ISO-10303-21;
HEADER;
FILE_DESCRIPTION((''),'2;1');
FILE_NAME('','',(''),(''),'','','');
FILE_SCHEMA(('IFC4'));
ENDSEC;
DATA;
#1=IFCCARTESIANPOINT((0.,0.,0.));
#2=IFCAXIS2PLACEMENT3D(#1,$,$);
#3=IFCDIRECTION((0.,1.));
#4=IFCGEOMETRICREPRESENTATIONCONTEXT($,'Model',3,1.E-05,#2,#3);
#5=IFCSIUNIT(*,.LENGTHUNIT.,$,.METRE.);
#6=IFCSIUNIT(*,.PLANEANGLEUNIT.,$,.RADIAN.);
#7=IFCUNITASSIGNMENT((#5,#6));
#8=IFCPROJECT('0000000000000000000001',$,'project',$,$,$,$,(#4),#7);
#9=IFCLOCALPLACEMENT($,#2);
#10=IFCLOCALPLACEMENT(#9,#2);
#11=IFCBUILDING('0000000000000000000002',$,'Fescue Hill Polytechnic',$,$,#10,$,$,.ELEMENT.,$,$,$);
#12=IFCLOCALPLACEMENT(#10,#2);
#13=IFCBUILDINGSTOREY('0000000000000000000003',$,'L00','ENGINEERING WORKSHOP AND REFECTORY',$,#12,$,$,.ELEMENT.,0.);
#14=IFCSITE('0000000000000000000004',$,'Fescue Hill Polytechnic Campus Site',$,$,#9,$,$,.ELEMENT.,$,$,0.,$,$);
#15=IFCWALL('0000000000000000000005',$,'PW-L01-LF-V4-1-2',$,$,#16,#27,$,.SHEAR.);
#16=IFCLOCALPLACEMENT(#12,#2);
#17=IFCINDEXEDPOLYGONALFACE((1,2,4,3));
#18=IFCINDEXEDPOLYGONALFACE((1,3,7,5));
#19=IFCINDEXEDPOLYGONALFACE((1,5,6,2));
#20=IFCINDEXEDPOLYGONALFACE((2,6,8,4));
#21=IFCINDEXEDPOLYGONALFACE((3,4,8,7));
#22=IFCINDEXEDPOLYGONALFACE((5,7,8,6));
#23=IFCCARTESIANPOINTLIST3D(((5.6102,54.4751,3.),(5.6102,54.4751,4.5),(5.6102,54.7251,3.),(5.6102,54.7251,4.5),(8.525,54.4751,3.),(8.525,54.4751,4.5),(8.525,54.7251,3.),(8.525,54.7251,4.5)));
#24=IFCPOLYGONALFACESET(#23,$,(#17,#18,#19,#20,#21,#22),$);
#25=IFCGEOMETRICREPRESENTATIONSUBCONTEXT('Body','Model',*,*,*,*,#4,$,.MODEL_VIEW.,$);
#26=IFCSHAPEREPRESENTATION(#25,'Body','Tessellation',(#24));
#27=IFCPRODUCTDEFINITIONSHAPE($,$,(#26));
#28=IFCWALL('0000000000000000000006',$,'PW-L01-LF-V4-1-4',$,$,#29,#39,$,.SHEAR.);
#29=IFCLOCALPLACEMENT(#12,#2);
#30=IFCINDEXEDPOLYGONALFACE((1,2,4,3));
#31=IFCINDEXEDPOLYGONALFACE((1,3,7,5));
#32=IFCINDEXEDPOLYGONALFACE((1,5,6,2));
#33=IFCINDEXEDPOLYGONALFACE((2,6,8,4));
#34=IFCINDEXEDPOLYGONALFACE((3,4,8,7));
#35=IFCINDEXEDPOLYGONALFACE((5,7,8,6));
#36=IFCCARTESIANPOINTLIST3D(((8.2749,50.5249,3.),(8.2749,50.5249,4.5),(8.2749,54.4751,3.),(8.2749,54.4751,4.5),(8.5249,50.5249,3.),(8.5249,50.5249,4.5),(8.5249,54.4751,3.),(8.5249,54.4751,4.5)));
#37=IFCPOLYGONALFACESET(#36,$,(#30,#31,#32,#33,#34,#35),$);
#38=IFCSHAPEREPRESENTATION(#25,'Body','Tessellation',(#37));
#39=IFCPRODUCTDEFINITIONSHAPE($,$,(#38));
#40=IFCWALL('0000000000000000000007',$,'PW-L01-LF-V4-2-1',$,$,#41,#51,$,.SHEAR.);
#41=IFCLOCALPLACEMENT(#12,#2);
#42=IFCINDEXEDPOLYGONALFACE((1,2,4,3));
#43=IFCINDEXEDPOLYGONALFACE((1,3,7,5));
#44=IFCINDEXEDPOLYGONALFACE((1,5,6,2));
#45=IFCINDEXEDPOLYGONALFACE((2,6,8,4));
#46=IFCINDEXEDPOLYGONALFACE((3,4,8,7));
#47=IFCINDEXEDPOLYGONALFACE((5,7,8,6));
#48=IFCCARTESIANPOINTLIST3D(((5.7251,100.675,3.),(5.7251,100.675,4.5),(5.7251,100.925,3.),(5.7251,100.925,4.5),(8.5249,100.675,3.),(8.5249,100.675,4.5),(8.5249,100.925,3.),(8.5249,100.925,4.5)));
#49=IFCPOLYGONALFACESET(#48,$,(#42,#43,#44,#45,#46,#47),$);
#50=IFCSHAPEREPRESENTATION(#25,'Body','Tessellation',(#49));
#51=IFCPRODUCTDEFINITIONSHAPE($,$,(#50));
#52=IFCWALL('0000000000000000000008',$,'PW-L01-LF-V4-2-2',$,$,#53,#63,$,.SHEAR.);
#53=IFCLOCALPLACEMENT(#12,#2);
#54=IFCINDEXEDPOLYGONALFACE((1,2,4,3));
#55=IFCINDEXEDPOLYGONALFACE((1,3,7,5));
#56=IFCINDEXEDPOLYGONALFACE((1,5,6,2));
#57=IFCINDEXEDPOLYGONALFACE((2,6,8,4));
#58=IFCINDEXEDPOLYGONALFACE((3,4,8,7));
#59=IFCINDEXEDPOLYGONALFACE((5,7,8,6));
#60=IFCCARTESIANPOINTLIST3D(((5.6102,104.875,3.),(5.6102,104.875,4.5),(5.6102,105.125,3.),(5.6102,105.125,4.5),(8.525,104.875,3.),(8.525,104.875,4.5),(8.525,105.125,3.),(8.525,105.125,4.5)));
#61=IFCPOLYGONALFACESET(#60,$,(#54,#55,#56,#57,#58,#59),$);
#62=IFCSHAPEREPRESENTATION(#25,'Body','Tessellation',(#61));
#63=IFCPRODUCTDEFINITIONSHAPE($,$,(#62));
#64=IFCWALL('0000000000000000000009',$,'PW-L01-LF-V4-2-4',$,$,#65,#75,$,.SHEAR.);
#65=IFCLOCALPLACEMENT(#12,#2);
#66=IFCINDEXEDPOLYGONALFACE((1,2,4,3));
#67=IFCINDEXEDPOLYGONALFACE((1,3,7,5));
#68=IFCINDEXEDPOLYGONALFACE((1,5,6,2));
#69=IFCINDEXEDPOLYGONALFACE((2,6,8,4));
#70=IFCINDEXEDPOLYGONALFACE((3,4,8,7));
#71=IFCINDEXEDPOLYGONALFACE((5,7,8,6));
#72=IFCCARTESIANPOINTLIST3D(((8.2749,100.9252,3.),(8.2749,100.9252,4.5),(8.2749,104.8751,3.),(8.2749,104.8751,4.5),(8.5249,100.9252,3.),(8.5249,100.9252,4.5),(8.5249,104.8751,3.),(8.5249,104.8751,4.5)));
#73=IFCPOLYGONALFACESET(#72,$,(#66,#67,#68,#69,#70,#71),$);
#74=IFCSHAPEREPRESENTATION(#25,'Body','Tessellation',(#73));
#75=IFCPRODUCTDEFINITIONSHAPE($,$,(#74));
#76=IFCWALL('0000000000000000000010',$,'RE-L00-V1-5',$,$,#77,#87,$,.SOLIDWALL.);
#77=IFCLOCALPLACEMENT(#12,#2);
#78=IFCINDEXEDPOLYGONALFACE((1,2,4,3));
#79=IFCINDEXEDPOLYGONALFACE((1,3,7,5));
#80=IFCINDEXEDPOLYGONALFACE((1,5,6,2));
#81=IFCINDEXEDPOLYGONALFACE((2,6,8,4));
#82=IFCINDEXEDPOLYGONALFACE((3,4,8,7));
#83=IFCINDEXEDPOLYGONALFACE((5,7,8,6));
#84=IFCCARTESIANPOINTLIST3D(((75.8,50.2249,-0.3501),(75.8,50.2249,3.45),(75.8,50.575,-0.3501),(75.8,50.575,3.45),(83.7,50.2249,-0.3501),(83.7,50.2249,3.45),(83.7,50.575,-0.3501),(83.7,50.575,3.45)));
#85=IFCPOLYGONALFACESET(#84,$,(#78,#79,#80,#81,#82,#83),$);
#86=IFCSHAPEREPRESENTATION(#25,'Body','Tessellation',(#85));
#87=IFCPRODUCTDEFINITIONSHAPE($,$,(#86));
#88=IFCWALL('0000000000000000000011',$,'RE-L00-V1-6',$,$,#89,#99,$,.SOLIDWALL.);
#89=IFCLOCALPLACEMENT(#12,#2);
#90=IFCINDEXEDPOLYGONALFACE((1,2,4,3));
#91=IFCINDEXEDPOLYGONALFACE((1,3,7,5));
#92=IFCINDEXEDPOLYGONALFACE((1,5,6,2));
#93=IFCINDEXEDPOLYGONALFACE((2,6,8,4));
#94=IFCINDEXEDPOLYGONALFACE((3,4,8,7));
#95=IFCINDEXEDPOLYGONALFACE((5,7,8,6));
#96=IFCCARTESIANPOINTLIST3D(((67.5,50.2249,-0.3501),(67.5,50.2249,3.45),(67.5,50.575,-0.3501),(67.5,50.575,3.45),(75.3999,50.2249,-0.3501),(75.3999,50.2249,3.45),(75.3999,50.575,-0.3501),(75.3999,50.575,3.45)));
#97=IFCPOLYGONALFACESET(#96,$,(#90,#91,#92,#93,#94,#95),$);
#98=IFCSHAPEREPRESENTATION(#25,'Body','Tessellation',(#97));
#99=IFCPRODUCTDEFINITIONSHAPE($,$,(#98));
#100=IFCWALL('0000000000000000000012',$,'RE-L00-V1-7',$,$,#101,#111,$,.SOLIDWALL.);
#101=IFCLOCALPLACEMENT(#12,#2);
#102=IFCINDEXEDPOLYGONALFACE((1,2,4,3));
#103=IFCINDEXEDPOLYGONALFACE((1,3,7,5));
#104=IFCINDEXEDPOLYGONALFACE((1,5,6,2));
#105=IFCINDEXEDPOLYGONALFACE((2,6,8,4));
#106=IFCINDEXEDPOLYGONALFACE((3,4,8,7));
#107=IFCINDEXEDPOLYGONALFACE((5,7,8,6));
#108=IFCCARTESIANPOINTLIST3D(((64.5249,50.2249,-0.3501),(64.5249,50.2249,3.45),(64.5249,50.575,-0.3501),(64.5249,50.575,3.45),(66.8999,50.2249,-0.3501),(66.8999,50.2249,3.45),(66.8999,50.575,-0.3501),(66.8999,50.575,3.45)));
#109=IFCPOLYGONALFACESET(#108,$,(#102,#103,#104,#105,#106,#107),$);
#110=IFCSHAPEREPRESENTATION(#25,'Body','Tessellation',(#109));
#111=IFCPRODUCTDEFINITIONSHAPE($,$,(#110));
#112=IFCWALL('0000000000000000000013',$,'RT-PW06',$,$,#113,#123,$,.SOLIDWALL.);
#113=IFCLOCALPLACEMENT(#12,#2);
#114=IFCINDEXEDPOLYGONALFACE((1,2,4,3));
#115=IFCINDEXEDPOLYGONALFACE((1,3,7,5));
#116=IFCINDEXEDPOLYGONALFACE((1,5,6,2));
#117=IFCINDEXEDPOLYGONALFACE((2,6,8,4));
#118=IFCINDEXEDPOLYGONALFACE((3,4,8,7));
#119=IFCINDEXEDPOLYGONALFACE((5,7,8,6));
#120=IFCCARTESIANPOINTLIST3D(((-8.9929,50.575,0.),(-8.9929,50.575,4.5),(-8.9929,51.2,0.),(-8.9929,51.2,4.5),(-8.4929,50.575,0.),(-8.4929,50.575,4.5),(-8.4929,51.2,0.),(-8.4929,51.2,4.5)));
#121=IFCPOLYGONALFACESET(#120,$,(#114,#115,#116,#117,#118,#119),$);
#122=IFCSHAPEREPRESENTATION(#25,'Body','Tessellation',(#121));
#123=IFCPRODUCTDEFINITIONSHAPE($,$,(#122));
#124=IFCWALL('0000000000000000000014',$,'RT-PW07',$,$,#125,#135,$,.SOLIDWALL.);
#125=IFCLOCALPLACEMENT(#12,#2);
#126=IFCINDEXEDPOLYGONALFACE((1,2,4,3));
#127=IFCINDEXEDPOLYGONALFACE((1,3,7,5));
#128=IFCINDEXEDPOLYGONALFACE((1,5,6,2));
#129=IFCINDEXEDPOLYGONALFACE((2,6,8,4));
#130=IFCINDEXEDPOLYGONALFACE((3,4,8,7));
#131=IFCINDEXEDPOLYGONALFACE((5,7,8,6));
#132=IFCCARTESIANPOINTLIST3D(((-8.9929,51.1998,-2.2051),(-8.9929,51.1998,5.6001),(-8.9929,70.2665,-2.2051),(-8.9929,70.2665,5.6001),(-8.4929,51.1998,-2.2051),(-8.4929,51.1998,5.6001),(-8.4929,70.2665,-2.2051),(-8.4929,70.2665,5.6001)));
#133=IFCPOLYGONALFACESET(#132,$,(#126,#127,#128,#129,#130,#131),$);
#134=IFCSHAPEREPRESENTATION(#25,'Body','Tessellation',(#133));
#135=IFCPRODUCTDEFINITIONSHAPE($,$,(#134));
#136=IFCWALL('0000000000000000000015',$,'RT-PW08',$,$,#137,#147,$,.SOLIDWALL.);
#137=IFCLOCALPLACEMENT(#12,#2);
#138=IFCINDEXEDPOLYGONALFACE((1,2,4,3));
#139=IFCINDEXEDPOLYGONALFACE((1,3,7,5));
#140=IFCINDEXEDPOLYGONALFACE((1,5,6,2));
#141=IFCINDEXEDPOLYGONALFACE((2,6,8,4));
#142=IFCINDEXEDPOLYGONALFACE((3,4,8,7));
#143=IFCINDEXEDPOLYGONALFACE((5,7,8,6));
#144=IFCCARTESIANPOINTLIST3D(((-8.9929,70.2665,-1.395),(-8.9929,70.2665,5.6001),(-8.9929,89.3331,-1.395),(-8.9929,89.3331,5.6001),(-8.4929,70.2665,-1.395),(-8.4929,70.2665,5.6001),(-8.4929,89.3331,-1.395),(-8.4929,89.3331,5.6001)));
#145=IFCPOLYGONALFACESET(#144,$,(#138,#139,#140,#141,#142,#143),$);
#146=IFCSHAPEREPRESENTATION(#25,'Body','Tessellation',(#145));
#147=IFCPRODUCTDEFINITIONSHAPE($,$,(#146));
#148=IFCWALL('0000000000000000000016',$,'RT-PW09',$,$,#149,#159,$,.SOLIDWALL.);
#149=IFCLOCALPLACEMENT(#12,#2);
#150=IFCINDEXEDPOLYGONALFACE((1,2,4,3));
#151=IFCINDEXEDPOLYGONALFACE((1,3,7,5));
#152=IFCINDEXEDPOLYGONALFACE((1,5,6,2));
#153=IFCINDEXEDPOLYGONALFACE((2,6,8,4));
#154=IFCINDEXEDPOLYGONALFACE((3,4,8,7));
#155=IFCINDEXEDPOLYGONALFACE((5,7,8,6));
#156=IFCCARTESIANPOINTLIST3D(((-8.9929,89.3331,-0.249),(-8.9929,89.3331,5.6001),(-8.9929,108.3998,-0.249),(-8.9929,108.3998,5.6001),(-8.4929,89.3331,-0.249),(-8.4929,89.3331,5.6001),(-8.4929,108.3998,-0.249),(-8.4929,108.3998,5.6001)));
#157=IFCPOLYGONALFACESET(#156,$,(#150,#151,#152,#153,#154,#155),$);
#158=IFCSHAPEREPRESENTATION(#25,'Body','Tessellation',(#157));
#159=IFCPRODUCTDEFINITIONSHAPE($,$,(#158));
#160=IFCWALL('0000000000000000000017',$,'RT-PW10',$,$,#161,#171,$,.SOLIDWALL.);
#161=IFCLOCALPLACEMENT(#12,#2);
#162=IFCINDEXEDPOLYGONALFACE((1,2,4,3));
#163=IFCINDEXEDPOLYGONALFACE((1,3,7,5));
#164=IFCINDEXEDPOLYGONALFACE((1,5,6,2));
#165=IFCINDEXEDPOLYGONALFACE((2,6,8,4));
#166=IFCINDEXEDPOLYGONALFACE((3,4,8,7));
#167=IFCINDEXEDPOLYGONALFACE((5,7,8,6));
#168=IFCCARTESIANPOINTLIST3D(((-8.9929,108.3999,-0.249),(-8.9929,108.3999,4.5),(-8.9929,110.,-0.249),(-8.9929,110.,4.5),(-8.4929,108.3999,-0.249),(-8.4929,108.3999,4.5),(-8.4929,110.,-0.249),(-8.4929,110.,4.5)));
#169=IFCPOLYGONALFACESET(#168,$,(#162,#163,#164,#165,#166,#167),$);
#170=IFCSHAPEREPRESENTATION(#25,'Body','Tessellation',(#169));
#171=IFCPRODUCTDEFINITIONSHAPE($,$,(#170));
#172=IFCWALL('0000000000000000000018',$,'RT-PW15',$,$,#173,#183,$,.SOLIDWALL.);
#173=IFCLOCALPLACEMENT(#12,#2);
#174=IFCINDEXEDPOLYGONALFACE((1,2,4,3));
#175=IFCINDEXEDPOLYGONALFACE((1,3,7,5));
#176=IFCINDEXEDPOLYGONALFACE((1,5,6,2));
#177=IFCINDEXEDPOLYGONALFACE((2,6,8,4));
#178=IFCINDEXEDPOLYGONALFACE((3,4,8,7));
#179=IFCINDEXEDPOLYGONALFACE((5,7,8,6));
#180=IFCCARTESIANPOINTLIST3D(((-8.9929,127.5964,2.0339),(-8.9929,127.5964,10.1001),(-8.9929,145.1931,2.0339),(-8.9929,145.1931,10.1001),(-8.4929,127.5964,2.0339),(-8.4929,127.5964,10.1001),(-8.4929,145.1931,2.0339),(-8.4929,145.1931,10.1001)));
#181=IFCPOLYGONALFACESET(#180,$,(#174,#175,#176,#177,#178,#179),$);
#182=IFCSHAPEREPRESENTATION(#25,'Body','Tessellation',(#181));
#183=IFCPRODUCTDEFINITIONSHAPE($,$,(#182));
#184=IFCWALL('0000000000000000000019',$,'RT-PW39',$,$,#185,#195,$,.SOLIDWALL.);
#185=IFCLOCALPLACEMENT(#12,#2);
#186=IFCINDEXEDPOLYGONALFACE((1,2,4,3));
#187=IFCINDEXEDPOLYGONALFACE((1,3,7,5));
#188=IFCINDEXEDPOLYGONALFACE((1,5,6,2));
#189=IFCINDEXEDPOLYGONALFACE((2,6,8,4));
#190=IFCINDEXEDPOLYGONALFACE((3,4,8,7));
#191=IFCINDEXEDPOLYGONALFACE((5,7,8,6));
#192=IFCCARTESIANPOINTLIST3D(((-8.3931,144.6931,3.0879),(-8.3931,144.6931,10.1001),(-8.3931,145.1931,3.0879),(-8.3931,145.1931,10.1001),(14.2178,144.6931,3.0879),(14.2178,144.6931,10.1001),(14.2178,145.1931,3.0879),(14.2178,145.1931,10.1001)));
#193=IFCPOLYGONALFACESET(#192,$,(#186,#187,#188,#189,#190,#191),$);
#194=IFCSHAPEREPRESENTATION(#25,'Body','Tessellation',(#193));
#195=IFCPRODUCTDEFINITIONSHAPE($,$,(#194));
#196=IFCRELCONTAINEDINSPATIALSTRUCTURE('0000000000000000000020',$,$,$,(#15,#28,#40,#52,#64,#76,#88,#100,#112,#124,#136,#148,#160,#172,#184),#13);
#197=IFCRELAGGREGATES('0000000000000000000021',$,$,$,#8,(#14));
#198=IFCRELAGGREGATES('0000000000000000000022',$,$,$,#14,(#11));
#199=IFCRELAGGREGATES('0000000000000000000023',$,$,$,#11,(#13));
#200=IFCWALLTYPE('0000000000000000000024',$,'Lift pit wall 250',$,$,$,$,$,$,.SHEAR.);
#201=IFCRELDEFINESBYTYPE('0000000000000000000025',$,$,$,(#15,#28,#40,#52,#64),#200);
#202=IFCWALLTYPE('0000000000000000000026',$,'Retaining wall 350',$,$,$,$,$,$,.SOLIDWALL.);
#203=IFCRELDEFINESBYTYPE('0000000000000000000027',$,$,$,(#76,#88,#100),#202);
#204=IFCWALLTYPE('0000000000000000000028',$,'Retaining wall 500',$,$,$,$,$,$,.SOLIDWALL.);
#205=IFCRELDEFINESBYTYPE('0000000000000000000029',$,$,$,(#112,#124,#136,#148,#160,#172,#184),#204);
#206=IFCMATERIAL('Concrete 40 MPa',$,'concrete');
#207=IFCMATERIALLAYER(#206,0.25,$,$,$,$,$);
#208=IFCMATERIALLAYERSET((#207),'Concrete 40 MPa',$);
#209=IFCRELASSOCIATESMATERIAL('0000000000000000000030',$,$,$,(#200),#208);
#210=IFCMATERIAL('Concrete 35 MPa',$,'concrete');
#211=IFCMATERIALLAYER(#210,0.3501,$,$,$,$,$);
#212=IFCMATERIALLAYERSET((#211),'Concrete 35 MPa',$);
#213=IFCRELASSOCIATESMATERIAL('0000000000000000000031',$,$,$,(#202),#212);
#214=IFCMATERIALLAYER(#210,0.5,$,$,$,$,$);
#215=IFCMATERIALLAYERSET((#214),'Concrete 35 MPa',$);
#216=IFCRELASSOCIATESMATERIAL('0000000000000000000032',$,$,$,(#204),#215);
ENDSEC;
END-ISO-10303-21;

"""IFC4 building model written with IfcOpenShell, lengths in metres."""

from ifc_helpers import new_model, si_unit, direction, frame, frame_2d, origin, place, context, subcontext, project, spatial, rectangle, extrude, material, layer, layer_set, type_object, element, save


model = new_model("IFC4")

# Units and contexts
model_context = context("Model", 3, precision=1e-05, world=origin(), true_north=direction((0.0, 1.0)))
body_context = subcontext(model_context, "Body", "Model", "MODEL_VIEW")
ifc_project = project(units=[si_unit("LENGTHUNIT", "METRE"), si_unit("PLANEANGLEUNIT", "RADIAN")], contexts=[model_context])

# Site, building, storey
site_placement = place(None, origin())
site = spatial("IfcSite", under=ifc_project, at=site_placement, Name="Fescue Hill Polytechnic Campus Site", CompositionType="ELEMENT", RefElevation=0.0)
building_placement = place(site_placement, origin())
building = spatial("IfcBuilding", under=site, at=building_placement, Name="Fescue Hill Polytechnic", CompositionType="ELEMENT")
storey_placement = place(building_placement, origin())
storey = spatial("IfcBuildingStorey", under=building, at=storey_placement, Name="L00", Description="ENGINEERING WORKSHOP AND REFECTORY", CompositionType="ELEMENT", Elevation=0.0)

# Shared definitions
ifc_material_1 = material(Name="Concrete 40 MPa", Category="concrete")

# Walls
ifc_layer_1 = layer(ifc_material_1, 0.25)
ifc_layer_set_1 = layer_set([ifc_layer_1], Name="Concrete 40 MPa")
wall_type_1 = type_object("IfcWallType", Name="Lift pit wall 250", PredefinedType="SHEAR", material=ifc_layer_set_1)
wall_1_placement = place(storey_placement, frame((5.6101, 54.6001, 3.0), z_axis=(0.0, 0.0, 1.0), x_axis=(1.0, 0.0, 0.0)))
element("IfcWall", 1, at=wall_1_placement, inside=storey, type_object=wall_type_1, Name="PW-L01-LF-V4-1-2", PredefinedType="SHEAR", context=body_context, shape_type="SweptSolid", body=[
    extrude(rectangle(XDim=2.9148, YDim=0.25, at=frame_2d((1.4575, 0.0))), origin(), (0.0, 0.0, 1.0), 1.5),
])
wall_2_placement = place(storey_placement, frame((8.3999, 50.5249, 3.0), z_axis=(0.0, 0.0, 1.0), x_axis=(0.0, 1.0, 0.0)))
element("IfcWall", 2, at=wall_2_placement, inside=storey, type_object=wall_type_1, Name="PW-L01-LF-V4-1-4", PredefinedType="SHEAR", context=body_context, shape_type="SweptSolid", body=[
    extrude(rectangle(XDim=3.9502, YDim=0.25, at=frame_2d((1.9751, 0.0))), origin(), (0.0, 0.0, 1.0), 1.5),
])
wall_3_placement = place(storey_placement, frame((5.7251, 100.8, 3.0), z_axis=(0.0, 0.0, 1.0), x_axis=(1.0, 0.0, 0.0)))
element("IfcWall", 3, at=wall_3_placement, inside=storey, type_object=wall_type_1, Name="PW-L01-LF-V4-2-1", PredefinedType="SHEAR", context=body_context, shape_type="SweptSolid", body=[
    extrude(rectangle(XDim=2.7998, YDim=0.25, at=frame_2d((1.3999, 0.0))), origin(), (0.0, 0.0, 1.0), 1.5),
])
wall_4_placement = place(storey_placement, frame((5.6101, 105.0, 3.0), z_axis=(0.0, 0.0, 1.0), x_axis=(1.0, 0.0, 0.0)))
element("IfcWall", 4, at=wall_4_placement, inside=storey, type_object=wall_type_1, Name="PW-L01-LF-V4-2-2", PredefinedType="SHEAR", context=body_context, shape_type="SweptSolid", body=[
    extrude(rectangle(XDim=2.9148, YDim=0.25, at=frame_2d((1.4575, 0.0))), origin(), (0.0, 0.0, 1.0), 1.5),
])
wall_5_placement = place(storey_placement, frame((8.3999, 100.925, 3.0), z_axis=(0.0, 0.0, 1.0), x_axis=(0.0, 1.0, 0.0)))
element("IfcWall", 5, at=wall_5_placement, inside=storey, type_object=wall_type_1, Name="PW-L01-LF-V4-2-4", PredefinedType="SHEAR", context=body_context, shape_type="SweptSolid", body=[
    extrude(rectangle(XDim=3.95, YDim=0.25, at=frame_2d((1.9751, 0.0))), origin(), (0.0, 0.0, 1.0), 1.5),
])
ifc_material_2 = material(Name="Concrete 35 MPa", Category="concrete")
ifc_layer_2 = layer(ifc_material_2, 0.3501)
ifc_layer_set_2 = layer_set([ifc_layer_2], Name="Concrete 35 MPa")
wall_type_2 = type_object("IfcWallType", Name="Retaining wall 350", PredefinedType="SOLIDWALL", material=ifc_layer_set_2)
for number, where, z_axis, x_axis, name in (
    (6, (83.7, 50.3999, -0.3501), (0.0, 0.0, 1.0), (-1.0, 0.0, 0.0), "RE-L00-V1-5"),
    (7, (75.3999, 50.3999, -0.3501), (0.0, 0.0, 1.0), (-1.0, 0.0, 0.0), "RE-L00-V1-6"),
):
    element("IfcWall", number, at=place(storey_placement, frame(where, z_axis=z_axis, x_axis=x_axis)), inside=storey, type_object=wall_type_2, Name=name, PredefinedType="SOLIDWALL", context=body_context, shape_type="SweptSolid", body=[
        extrude(rectangle(XDim=7.8999, YDim=0.3501, at=frame_2d((3.95, 0.0))), origin(), (0.0, 0.0, 1.0), 3.8),
    ])
wall_6_placement = place(storey_placement, frame((66.8999, 50.3999, -0.3501), z_axis=(0.0, 0.0, 1.0), x_axis=(-1.0, 0.0, 0.0)))
element("IfcWall", 8, at=wall_6_placement, inside=storey, type_object=wall_type_2, Name="RE-L00-V1-7", PredefinedType="SOLIDWALL", context=body_context, shape_type="SweptSolid", body=[
    extrude(rectangle(XDim=2.375, YDim=0.3501, at=frame_2d((1.1875, 0.0))), origin(), (0.0, 0.0, 1.0), 3.8),
])
ifc_layer_3 = layer(ifc_material_2, 0.5)
ifc_layer_set_3 = layer_set([ifc_layer_3], Name="Concrete 35 MPa")
wall_type_3 = type_object("IfcWallType", Name="Retaining wall 500", PredefinedType="SOLIDWALL", material=ifc_layer_set_3)
wall_7_placement = place(storey_placement, frame((-8.7429, 50.575, 0.0), z_axis=(0.0, 0.0, 1.0), x_axis=(0.0, 1.0, 0.0)))
element("IfcWall", 9, at=wall_7_placement, inside=storey, type_object=wall_type_3, Name="RT-PW06", PredefinedType="SOLIDWALL", context=body_context, shape_type="SweptSolid", body=[
    extrude(rectangle(XDim=0.625, YDim=0.5, at=frame_2d((0.3125, 0.0))), origin(), (0.0, 0.0, 1.0), 4.5),
])
wall_8_placement = place(storey_placement, frame((-8.7429, 51.2, -2.2051), z_axis=(0.0, 0.0, 1.0), x_axis=(0.0, 1.0, 0.0)))
element("IfcWall", 10, at=wall_8_placement, inside=storey, type_object=wall_type_3, Name="RT-PW07", PredefinedType="SOLIDWALL", context=body_context, shape_type="SweptSolid", body=[
    extrude(rectangle(XDim=19.0667, YDim=0.5, at=frame_2d((9.5332, 0.0))), origin(), (0.0, 0.0, 1.0), 7.8052),
])
wall_9_placement = place(storey_placement, frame((-8.7429, 70.2666, -1.395), z_axis=(0.0, 0.0, 1.0), x_axis=(0.0, 1.0, 0.0)))
element("IfcWall", 11, at=wall_9_placement, inside=storey, type_object=wall_type_3, Name="RT-PW08", PredefinedType="SOLIDWALL", context=body_context, shape_type="SweptSolid", body=[
    extrude(rectangle(XDim=19.0667, YDim=0.5, at=frame_2d((9.5332, 0.0))), origin(), (0.0, 0.0, 1.0), 6.9951),
])
wall_10_placement = place(storey_placement, frame((-8.7429, 89.3333, -0.249), z_axis=(0.0, 0.0, 1.0), x_axis=(0.0, 1.0, 0.0)))
element("IfcWall", 12, at=wall_10_placement, inside=storey, type_object=wall_type_3, Name="RT-PW09", PredefinedType="SOLIDWALL", context=body_context, shape_type="SweptSolid", body=[
    extrude(rectangle(XDim=19.0667, YDim=0.5, at=frame_2d((9.5332, 0.0))), origin(), (0.0, 0.0, 1.0), 5.8491),
])
wall_11_placement = place(storey_placement, frame((-8.7429, 108.3999, -0.249), z_axis=(0.0, 0.0, 1.0), x_axis=(0.0, 1.0, 0.0)))
element("IfcWall", 13, at=wall_11_placement, inside=storey, type_object=wall_type_3, Name="RT-PW10", PredefinedType="SOLIDWALL", context=body_context, shape_type="SweptSolid", body=[
    extrude(rectangle(XDim=1.6001, YDim=0.5, at=frame_2d((0.8, 0.0))), origin(), (0.0, 0.0, 1.0), 4.749),
])
wall_12_placement = place(storey_placement, frame((-8.7429, 127.5964, 2.0339), z_axis=(0.0, 0.0, 1.0), x_axis=(0.0, 1.0, 0.0)))
element("IfcWall", 14, at=wall_12_placement, inside=storey, type_object=wall_type_3, Name="RT-PW15", PredefinedType="SOLIDWALL", context=body_context, shape_type="SweptSolid", body=[
    extrude(rectangle(XDim=17.5967, YDim=0.5, at=frame_2d((8.7983, 0.0))), origin(), (0.0, 0.0, 1.0), 8.0662),
])
for number, where, z_axis, x_axis, name in (
    (15, (-8.3931, 144.9431, 3.0879), (0.0, 0.0, 1.0), (1.0, 0.0, 0.0), "RT-PW39"),
):
    element("IfcWall", number, at=place(storey_placement, frame(where, z_axis=z_axis, x_axis=x_axis)), inside=storey, type_object=wall_type_3, Name=name, PredefinedType="SOLIDWALL", context=body_context, shape_type="SweptSolid", body=[
        extrude(rectangle(XDim=22.6108, YDim=0.5, at=frame_2d((11.3054, 0.0))), origin(), (0.0, 0.0, 1.0), 7.0122),
    ])

save(model, "model.ifc")
